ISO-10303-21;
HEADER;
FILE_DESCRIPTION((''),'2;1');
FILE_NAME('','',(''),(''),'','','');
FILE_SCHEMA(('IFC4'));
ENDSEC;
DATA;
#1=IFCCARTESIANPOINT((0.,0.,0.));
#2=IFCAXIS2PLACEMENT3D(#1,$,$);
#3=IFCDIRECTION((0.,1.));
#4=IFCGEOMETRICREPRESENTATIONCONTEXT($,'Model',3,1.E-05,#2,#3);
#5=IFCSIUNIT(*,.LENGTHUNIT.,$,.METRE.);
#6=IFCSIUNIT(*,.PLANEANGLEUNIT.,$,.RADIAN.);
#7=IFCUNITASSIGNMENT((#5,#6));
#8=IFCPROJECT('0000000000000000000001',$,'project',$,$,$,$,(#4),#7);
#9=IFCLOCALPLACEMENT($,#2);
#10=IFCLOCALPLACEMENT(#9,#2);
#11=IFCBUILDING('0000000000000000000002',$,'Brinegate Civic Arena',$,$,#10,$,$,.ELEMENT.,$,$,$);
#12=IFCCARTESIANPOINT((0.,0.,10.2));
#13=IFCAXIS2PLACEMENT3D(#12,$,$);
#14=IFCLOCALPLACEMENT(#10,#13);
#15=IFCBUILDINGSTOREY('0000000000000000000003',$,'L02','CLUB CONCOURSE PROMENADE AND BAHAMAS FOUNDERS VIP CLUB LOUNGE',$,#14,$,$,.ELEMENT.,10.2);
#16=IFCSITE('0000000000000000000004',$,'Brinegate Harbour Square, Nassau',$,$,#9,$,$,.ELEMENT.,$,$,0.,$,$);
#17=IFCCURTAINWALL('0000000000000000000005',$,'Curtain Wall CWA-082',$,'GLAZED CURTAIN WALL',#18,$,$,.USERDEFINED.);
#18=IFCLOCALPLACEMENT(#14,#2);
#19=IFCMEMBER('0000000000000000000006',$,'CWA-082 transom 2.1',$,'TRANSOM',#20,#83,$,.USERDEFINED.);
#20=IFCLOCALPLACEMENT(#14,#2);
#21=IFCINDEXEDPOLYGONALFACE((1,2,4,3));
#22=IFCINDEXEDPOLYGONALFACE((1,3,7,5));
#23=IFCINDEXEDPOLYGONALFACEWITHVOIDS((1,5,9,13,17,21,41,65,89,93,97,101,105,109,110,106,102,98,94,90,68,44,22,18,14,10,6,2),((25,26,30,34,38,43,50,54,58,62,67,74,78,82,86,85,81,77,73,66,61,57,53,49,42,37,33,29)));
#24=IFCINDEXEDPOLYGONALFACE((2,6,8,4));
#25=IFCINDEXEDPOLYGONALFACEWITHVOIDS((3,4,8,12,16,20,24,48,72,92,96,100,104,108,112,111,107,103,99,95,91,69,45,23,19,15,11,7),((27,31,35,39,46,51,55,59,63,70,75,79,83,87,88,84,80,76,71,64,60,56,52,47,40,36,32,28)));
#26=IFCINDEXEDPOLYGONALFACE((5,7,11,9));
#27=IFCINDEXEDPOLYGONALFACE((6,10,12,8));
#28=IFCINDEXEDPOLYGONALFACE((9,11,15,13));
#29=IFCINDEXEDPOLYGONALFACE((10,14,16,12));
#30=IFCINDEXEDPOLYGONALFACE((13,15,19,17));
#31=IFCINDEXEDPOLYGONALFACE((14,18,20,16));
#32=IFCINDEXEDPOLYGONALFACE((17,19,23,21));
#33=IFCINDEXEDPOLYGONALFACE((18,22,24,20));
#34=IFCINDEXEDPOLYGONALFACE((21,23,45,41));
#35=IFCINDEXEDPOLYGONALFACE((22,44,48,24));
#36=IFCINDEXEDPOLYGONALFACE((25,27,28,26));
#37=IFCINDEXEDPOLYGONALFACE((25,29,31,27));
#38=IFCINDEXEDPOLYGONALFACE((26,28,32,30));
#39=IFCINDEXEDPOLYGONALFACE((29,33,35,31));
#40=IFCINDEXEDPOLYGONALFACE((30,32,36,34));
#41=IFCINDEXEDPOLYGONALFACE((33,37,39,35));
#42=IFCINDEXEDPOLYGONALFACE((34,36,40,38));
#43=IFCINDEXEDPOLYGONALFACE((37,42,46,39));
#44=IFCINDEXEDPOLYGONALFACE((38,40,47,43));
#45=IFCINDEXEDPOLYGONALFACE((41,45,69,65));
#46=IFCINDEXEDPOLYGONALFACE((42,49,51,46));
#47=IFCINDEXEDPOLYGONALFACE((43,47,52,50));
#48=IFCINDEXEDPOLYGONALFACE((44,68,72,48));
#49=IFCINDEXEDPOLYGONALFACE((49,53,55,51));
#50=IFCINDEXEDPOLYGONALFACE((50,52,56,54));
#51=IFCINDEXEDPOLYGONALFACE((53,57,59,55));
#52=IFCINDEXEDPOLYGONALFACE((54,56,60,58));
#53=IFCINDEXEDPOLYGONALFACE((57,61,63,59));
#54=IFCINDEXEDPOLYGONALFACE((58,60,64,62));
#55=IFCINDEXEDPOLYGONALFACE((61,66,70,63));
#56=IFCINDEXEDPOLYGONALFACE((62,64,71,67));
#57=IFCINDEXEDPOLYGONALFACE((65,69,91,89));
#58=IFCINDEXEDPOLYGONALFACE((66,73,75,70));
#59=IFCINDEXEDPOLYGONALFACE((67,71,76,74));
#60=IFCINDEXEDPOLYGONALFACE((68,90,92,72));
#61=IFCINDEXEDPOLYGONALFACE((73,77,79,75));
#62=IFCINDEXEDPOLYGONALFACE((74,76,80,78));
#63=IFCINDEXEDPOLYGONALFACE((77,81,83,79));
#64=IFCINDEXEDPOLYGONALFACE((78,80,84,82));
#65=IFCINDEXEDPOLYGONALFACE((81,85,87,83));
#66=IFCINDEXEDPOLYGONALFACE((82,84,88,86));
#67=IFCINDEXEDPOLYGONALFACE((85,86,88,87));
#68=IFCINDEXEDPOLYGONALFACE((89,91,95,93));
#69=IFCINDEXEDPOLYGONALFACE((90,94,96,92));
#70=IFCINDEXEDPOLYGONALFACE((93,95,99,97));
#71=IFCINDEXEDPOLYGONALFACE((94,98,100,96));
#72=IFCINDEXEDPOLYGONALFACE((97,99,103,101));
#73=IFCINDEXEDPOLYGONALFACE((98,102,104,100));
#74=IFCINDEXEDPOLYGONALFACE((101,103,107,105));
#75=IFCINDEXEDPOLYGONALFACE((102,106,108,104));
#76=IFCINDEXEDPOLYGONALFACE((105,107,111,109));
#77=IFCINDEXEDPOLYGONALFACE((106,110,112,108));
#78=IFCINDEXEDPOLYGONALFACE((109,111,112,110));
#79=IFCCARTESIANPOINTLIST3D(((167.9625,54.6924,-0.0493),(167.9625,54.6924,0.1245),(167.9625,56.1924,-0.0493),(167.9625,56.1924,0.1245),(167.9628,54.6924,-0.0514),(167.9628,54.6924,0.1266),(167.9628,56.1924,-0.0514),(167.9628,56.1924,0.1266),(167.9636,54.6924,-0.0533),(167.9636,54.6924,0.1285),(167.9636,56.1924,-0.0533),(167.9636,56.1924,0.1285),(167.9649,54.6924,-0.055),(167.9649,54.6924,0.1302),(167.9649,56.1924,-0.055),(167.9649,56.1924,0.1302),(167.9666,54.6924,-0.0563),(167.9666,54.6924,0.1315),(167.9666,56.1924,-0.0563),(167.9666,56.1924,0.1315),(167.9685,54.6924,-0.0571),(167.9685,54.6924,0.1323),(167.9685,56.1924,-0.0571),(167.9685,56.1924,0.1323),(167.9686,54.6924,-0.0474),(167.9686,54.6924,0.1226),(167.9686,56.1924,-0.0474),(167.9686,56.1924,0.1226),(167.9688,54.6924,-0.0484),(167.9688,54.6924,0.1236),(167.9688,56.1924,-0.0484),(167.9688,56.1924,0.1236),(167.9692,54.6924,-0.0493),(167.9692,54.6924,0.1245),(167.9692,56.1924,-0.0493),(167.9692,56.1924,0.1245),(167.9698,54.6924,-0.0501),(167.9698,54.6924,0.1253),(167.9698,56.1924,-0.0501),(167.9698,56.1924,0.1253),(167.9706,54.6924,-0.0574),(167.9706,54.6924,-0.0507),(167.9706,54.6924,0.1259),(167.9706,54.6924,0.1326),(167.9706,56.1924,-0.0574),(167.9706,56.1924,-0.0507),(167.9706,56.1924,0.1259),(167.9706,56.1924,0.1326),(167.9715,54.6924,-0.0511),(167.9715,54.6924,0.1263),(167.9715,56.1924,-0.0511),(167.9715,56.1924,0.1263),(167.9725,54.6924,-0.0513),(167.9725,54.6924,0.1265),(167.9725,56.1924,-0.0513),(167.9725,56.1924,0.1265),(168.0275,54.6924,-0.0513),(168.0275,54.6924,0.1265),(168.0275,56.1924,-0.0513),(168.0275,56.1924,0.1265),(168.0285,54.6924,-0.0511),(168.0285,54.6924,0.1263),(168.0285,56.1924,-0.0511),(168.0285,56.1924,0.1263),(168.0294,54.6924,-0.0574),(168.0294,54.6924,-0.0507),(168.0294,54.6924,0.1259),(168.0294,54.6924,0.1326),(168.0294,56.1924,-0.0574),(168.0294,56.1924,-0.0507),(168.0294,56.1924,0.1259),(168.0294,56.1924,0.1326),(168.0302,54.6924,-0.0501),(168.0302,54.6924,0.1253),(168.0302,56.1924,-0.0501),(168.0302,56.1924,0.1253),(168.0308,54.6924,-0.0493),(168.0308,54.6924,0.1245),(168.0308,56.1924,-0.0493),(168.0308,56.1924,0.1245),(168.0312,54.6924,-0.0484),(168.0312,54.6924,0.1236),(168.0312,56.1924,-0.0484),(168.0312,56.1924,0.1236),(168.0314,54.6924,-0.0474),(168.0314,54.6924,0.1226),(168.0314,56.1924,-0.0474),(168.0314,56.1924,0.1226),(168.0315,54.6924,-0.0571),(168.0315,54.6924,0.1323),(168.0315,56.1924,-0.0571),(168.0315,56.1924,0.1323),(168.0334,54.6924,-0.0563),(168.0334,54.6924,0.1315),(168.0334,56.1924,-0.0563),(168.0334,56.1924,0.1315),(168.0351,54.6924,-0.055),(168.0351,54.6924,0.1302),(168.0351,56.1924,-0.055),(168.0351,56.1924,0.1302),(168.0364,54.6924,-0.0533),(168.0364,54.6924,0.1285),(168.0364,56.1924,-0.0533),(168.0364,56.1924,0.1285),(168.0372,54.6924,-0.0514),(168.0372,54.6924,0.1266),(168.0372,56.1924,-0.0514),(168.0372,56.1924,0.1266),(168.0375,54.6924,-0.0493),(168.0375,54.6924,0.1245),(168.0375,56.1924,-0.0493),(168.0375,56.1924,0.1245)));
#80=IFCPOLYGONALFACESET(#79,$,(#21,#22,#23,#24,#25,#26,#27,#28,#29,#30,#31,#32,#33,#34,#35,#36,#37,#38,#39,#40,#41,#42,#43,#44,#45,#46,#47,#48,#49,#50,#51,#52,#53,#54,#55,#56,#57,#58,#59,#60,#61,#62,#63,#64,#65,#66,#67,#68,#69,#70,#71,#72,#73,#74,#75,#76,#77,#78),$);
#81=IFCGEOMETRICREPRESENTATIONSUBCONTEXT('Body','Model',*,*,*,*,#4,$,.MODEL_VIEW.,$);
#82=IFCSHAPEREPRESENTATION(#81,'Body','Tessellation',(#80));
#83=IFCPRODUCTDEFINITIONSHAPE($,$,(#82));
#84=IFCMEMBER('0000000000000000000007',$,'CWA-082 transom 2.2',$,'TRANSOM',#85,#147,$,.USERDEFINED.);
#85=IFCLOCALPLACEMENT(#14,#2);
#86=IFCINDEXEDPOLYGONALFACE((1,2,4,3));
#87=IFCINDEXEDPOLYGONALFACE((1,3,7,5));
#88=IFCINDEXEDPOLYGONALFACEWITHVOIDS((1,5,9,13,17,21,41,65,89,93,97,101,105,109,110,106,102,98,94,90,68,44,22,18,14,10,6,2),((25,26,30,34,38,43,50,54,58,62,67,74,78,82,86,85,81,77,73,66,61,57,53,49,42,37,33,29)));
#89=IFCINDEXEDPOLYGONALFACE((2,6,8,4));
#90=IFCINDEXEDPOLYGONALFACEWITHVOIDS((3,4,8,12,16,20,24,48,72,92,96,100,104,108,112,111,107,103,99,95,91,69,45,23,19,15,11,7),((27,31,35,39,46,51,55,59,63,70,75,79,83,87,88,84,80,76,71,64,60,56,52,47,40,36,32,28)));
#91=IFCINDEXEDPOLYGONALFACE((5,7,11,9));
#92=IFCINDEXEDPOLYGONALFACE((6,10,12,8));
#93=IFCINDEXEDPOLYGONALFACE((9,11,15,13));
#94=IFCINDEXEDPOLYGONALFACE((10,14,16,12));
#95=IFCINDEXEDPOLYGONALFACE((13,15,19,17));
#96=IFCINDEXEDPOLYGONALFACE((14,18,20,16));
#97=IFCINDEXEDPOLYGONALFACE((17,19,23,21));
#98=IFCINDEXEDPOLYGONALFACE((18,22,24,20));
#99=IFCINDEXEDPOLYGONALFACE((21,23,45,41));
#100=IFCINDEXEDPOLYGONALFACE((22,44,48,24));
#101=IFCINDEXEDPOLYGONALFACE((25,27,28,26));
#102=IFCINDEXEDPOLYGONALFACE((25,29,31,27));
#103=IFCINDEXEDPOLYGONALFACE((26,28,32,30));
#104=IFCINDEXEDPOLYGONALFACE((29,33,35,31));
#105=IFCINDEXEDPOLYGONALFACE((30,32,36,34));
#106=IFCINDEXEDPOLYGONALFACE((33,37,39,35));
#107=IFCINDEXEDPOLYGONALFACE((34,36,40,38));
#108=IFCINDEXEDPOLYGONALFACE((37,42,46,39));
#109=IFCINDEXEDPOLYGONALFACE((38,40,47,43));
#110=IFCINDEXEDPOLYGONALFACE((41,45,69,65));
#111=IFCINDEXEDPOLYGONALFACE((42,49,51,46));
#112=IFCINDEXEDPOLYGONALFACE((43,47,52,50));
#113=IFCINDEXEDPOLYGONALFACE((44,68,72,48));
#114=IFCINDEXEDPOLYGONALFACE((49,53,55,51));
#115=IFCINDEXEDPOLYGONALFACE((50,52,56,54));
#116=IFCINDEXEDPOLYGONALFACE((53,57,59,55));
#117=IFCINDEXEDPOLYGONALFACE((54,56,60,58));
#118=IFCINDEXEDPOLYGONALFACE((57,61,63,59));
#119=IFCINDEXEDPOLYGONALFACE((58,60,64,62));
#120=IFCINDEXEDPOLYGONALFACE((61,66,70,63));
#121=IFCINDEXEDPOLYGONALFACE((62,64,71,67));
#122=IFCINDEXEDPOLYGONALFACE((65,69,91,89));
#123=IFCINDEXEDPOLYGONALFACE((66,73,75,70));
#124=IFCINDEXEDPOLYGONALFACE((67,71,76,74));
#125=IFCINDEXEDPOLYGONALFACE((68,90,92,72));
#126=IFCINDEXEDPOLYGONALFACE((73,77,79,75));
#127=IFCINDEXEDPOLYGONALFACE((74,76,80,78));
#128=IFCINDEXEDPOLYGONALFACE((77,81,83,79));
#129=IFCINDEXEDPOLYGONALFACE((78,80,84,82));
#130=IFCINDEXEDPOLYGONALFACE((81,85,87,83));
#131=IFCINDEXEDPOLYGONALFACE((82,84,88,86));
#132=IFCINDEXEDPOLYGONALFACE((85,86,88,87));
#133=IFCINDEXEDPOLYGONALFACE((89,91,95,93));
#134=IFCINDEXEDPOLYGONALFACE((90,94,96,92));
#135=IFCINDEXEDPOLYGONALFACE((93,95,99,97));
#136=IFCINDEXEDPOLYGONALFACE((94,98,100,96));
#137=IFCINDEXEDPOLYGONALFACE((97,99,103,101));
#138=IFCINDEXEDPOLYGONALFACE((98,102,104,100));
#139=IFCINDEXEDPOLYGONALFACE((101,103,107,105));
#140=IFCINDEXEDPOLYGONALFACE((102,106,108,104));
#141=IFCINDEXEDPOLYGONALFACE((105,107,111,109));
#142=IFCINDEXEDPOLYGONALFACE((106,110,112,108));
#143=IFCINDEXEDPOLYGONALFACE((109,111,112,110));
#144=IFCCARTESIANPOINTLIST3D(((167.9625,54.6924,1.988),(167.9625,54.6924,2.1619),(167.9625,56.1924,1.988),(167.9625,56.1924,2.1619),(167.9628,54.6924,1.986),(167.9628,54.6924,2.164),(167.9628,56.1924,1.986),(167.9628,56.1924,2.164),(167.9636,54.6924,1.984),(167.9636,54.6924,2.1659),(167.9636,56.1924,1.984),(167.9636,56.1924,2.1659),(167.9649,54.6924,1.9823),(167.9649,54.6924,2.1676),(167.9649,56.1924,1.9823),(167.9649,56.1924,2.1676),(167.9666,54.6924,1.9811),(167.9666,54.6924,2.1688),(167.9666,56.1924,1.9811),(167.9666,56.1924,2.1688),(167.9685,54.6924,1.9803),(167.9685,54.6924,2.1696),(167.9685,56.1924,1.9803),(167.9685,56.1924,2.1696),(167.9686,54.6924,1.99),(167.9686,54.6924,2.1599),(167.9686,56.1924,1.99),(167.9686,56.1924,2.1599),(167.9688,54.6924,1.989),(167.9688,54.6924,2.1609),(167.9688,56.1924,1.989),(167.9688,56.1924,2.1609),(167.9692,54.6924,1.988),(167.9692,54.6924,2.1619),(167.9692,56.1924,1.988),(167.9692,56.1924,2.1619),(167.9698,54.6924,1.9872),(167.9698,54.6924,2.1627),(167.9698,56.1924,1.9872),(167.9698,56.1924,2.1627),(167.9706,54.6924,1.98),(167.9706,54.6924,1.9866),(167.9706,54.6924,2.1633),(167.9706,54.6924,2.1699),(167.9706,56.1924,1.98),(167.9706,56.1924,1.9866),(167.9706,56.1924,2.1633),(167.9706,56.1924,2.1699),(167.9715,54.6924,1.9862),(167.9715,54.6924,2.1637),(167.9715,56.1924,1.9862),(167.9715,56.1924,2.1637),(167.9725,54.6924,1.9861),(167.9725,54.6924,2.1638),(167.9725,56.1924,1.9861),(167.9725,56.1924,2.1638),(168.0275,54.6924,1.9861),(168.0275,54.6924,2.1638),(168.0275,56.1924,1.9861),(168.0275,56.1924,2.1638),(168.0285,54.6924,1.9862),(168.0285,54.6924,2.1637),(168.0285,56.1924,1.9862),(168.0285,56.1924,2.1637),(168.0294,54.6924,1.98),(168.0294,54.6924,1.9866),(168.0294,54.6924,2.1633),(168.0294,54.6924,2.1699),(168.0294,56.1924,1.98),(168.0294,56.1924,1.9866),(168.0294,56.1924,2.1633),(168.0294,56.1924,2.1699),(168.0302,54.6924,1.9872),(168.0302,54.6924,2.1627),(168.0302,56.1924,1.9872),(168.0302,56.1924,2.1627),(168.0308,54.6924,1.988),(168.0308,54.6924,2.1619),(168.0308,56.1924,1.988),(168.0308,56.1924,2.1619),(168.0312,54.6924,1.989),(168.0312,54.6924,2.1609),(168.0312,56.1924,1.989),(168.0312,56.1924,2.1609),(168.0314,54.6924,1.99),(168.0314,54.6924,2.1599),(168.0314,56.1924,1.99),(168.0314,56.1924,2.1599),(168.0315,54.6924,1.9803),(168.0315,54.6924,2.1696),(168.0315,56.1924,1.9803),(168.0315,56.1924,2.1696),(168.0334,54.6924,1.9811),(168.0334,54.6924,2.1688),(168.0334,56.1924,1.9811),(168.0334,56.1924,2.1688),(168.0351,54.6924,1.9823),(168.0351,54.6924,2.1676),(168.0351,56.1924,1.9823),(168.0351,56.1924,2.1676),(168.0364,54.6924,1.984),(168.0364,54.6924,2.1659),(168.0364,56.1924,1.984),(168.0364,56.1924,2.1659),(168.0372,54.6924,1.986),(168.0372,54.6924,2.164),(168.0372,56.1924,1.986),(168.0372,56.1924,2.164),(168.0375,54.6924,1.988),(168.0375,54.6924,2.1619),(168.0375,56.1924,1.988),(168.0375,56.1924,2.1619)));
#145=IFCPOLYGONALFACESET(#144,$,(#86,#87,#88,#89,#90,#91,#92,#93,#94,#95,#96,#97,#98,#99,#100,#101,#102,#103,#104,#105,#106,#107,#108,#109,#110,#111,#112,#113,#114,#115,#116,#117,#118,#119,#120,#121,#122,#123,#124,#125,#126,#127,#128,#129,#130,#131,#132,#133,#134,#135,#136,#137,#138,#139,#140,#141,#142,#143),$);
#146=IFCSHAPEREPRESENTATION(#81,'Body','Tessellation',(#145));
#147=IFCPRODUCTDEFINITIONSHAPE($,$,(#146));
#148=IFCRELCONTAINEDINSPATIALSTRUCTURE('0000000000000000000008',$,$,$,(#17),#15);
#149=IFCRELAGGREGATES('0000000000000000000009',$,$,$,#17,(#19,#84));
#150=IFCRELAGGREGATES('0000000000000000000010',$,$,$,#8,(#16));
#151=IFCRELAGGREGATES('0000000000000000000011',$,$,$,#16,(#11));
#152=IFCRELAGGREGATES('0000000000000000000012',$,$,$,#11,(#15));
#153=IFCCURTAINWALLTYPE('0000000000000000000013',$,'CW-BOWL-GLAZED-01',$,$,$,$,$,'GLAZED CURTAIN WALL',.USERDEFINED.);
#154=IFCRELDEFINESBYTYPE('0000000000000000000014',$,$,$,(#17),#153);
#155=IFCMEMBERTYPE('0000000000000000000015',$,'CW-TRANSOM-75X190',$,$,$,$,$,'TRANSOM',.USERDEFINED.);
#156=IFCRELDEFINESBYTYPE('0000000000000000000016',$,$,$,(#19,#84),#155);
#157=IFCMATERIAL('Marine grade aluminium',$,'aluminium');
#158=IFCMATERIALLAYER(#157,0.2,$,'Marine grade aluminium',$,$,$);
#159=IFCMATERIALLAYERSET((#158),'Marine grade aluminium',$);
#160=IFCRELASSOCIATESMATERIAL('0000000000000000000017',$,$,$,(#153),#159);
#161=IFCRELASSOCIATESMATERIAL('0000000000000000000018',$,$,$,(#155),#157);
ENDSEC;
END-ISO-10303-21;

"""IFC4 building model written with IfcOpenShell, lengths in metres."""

from ifc_helpers import new_model, si_unit, direction, frame, origin, origin_2d, place, context, subcontext, project, spatial, hollow_rectangle, extrude, material, layer, layer_set, material_profile, profile_set, type_object, element, aggregate, save


model = new_model("IFC4")

# Units and contexts
model_context = context("Model", 3, precision=1e-05, world=origin(), true_north=direction((0.0, 1.0)))
body_context = subcontext(model_context, "Body", "Model", "MODEL_VIEW")
ifc_project = project(units=[si_unit("LENGTHUNIT", "METRE"), si_unit("PLANEANGLEUNIT", "RADIAN")], contexts=[model_context])

# Site, building, storey
site_placement = place(None, origin())
site = spatial("IfcSite", under=ifc_project, at=site_placement, Name="Brinegate Harbour Square, Nassau", CompositionType="ELEMENT", RefElevation=0.0)
building_placement = place(site_placement, origin())
building = spatial("IfcBuilding", under=site, at=building_placement, Name="Brinegate Civic Arena", CompositionType="ELEMENT")
storey_placement = place(building_placement, frame((0.0, 0.0, 10.2)))
storey = spatial("IfcBuildingStorey", under=building, at=storey_placement, Name="L02", Description="CLUB CONCOURSE PROMENADE AND BAHAMAS FOUNDERS VIP CLUB LOUNGE", CompositionType="ELEMENT", Elevation=10.2)

# Shared definitions
ifc_material_1 = material(Name="Marine grade aluminium", Category="aluminium")
ifc_layer_1 = layer(ifc_material_1, 0.2, Name="Marine grade aluminium")
ifc_layer_set_1 = layer_set([ifc_layer_1], Name="Marine grade aluminium")
curtain_wall_type = type_object("IfcCurtainWallType", Name="CW-BOWL-GLAZED-01", ElementType="GLAZED CURTAIN WALL", PredefinedType="USERDEFINED", material=ifc_layer_set_1)

# Curtain wall
curtain_wall_1_placement = place(storey_placement, origin())
curtain_wall_1 = element("IfcCurtainWall", 1, at=curtain_wall_1_placement, inside=storey, type_object=curtain_wall_type, Name="Curtain Wall CWA-082", ObjectType="GLAZED CURTAIN WALL", PredefinedType="USERDEFINED")

# Members
ifc_material_profile_1 = material_profile(ifc_material_1, hollow_rectangle(XDim=0.075, YDim=0.1899, WallThickness=0.0061, InnerFilletRadius=0.0039, OuterFilletRadius=0.0081, at=origin_2d()), Name="TRN75X190")
ifc_profile_set_1 = profile_set([ifc_material_profile_1], Name="Marine grade aluminium")
member_type_1 = type_object("IfcMemberType", Name="CW-TRANSOM-75X190", ElementType="TRANSOM", PredefinedType="USERDEFINED", material=ifc_profile_set_1)
member_1_placement = place(storey_placement, frame((168.0, 54.6924, 0.0376), z_axis=(0.0, 1.0, 0.0), x_axis=(-1.0, 0.0, 0.0)))
member_1 = element("IfcMember", 2, at=member_1_placement, type_object=member_type_1, Name="CWA-082 transom 2.1", ObjectType="TRANSOM", PredefinedType="USERDEFINED", context=body_context, shape_type="SweptSolid", body=[
    extrude(hollow_rectangle(XDim=0.075, YDim=0.1899, WallThickness=0.0061, InnerFilletRadius=0.0039, OuterFilletRadius=0.0081, at=origin_2d()), origin(), (0.0, 0.0, 1.0), 1.5),
])
member_2_placement = place(storey_placement, frame((168.0, 54.6924, 2.075), z_axis=(0.0, 1.0, 0.0), x_axis=(-1.0, 0.0, 0.0)))
member_2 = element("IfcMember", 3, at=member_2_placement, type_object=member_type_1, Name="CWA-082 transom 2.2", ObjectType="TRANSOM", PredefinedType="USERDEFINED", context=body_context, shape_type="SweptSolid", body=[
    extrude(hollow_rectangle(XDim=0.075, YDim=0.1899, WallThickness=0.0061, InnerFilletRadius=0.0039, OuterFilletRadius=0.0081, at=origin_2d()), origin(), (0.0, 0.0, 1.0), 1.5),
])

aggregate(curtain_wall_1, [member_1, member_2])

save(model, "model.ifc")
